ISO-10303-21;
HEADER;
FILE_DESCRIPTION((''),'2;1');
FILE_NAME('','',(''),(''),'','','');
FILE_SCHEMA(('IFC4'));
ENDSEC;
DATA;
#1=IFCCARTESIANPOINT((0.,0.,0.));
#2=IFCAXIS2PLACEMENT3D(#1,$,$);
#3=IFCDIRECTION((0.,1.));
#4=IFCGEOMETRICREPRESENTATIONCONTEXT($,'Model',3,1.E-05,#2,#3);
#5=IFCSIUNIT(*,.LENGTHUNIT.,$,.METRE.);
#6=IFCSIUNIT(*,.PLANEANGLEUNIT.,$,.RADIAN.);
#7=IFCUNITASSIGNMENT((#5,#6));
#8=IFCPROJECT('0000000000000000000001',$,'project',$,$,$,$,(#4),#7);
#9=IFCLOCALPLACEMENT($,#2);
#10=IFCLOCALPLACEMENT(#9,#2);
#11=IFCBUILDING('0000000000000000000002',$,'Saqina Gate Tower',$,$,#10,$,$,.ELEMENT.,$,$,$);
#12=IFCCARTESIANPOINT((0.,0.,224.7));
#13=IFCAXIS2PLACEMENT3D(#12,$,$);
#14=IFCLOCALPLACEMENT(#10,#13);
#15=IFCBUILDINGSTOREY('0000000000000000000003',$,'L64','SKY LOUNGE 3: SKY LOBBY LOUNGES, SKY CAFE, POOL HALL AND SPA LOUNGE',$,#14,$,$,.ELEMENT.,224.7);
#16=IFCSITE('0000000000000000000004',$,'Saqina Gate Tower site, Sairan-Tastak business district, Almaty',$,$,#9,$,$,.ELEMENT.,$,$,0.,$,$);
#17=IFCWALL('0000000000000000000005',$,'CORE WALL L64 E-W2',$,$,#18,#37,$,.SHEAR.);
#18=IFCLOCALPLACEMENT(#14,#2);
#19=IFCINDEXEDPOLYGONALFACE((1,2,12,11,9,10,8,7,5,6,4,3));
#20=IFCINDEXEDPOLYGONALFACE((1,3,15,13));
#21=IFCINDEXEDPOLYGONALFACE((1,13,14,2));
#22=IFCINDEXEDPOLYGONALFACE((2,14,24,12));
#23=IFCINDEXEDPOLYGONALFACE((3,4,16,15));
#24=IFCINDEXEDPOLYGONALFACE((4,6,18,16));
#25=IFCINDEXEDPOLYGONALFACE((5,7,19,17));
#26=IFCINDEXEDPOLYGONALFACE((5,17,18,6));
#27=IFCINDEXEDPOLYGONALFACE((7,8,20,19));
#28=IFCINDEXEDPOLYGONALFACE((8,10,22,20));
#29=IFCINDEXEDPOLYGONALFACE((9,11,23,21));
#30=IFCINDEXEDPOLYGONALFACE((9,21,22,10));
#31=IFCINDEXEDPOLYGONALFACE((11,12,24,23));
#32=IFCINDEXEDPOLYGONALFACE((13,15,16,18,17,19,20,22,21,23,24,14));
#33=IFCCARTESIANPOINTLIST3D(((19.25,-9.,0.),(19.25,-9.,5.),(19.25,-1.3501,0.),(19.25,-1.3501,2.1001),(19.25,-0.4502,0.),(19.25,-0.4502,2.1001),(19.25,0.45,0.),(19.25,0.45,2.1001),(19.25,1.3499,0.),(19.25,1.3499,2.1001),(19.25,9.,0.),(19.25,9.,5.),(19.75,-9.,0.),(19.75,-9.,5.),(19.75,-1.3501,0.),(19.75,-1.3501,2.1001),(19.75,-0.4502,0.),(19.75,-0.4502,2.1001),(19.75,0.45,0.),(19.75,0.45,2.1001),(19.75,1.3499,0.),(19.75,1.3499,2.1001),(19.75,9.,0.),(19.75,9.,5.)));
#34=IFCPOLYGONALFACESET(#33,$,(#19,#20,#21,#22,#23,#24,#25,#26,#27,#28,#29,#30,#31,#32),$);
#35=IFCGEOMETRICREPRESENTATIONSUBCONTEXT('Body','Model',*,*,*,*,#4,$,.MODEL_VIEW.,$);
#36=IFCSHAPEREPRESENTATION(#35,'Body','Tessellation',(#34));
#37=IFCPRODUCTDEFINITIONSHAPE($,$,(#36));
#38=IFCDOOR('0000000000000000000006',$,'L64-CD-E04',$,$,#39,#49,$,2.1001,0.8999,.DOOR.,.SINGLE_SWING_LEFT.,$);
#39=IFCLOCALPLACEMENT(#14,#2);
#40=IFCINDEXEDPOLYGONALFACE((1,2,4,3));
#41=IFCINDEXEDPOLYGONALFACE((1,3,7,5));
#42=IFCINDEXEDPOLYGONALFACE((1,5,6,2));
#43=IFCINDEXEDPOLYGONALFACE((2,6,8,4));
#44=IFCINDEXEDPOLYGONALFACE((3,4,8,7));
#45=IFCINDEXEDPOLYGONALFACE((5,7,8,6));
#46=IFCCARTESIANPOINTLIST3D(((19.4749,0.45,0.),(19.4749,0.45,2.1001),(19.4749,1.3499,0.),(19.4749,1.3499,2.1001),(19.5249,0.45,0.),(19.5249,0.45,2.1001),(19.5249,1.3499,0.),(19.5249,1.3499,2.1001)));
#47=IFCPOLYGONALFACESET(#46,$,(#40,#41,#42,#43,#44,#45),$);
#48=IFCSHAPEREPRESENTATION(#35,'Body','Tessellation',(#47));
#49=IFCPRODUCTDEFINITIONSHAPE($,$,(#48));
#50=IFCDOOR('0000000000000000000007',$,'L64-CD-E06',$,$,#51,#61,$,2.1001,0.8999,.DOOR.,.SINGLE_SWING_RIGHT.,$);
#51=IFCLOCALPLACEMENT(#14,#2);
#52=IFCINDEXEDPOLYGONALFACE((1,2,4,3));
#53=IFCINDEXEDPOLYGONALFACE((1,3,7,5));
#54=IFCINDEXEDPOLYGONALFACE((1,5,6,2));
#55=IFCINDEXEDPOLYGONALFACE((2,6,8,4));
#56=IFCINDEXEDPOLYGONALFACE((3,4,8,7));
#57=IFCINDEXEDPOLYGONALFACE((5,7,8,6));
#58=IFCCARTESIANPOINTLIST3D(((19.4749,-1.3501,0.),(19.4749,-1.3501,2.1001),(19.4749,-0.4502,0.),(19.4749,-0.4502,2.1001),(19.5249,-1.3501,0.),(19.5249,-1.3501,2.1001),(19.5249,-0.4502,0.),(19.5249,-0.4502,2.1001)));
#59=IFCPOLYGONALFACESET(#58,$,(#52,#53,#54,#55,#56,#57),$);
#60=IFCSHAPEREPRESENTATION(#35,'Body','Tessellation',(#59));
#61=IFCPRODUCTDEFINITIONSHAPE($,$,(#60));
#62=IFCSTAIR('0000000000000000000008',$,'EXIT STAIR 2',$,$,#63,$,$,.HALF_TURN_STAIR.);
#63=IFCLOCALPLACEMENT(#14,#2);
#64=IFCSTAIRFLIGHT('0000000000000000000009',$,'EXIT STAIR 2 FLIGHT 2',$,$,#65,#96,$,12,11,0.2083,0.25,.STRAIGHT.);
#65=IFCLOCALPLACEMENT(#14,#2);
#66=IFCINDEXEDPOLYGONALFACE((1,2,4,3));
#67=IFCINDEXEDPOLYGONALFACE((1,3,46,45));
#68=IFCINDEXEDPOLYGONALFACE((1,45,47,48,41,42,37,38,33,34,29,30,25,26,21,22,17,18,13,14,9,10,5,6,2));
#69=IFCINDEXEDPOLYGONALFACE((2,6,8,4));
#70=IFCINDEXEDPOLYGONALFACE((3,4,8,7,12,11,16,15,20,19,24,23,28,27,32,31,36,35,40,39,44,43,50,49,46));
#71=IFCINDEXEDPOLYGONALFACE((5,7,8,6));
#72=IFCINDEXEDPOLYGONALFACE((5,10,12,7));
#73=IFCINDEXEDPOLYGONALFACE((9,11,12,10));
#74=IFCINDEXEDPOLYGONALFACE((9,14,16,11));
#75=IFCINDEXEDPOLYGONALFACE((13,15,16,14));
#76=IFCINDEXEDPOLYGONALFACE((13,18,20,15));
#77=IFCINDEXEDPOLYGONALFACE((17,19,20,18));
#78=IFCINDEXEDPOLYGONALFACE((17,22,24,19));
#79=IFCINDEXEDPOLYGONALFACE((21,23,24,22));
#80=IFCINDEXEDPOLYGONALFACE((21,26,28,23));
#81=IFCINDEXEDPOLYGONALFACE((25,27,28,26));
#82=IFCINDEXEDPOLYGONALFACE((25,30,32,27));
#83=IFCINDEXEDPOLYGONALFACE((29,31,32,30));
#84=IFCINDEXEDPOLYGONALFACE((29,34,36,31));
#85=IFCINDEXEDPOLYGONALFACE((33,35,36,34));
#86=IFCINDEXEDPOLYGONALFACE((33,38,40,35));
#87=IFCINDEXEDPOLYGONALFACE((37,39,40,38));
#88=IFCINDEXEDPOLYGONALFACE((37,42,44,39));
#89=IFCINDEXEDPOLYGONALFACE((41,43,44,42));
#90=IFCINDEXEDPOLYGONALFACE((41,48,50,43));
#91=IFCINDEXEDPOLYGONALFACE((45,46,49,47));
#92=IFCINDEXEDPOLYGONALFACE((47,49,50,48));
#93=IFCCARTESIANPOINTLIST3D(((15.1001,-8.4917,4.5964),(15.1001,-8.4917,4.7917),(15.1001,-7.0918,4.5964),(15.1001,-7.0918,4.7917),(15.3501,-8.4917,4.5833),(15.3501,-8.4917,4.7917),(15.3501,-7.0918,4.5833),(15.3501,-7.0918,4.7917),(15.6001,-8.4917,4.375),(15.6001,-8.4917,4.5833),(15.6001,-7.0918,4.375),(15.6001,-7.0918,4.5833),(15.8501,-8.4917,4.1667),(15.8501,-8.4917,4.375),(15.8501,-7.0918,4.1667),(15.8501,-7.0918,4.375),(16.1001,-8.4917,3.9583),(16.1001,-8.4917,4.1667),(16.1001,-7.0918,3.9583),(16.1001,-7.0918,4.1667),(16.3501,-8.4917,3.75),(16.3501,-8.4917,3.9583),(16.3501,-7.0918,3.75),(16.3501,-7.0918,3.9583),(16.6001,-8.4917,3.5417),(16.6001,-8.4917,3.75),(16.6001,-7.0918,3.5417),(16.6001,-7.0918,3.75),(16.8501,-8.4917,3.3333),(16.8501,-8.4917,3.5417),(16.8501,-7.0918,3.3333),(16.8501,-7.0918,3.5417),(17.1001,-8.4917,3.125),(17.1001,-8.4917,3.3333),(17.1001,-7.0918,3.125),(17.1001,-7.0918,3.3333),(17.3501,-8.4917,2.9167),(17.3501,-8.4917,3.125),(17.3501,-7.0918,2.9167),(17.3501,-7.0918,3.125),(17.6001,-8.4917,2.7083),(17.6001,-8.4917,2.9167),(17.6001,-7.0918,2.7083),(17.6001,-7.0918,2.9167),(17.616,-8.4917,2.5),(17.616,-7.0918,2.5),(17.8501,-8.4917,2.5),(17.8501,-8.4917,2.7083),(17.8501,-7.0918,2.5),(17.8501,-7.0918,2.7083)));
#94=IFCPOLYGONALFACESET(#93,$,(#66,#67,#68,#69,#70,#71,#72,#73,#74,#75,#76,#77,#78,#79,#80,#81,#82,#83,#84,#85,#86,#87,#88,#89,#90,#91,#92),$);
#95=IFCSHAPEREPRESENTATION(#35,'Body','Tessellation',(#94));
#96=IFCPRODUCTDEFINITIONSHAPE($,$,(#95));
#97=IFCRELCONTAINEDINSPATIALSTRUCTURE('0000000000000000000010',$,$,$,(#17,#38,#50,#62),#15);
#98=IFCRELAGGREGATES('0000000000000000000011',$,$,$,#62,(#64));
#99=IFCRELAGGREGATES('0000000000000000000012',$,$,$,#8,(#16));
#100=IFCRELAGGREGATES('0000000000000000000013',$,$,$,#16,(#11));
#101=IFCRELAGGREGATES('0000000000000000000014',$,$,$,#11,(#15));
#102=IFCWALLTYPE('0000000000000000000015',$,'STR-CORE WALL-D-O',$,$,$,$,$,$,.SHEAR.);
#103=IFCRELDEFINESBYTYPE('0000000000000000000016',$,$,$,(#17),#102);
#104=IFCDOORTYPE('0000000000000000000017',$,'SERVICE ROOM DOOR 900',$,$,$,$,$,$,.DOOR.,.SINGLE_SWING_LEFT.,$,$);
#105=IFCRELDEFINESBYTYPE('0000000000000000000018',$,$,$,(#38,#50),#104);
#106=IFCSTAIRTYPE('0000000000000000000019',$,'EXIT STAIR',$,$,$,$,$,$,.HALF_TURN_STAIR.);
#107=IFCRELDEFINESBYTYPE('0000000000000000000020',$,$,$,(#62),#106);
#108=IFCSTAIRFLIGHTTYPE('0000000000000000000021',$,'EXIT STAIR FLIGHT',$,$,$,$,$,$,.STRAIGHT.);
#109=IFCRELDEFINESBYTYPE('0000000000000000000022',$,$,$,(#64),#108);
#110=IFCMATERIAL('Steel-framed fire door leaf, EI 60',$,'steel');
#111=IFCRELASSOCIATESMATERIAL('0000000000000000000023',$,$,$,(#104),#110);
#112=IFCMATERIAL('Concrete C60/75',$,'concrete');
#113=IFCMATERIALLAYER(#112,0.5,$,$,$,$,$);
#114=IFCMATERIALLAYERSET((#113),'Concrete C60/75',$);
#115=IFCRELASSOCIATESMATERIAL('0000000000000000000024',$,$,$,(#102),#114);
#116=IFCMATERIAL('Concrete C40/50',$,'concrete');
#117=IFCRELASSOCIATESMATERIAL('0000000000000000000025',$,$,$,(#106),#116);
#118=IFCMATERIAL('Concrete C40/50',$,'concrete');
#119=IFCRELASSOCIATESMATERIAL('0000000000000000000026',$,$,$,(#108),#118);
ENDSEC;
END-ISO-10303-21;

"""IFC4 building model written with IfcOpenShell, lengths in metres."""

from ifc_helpers import new_model, si_unit, direction, frame, frame_2d, origin, place, context, subcontext, project, spatial, polyline, rectangle, outline, extrude, material, layer, layer_set, type_object, element, fill, aggregate, save


model = new_model("IFC4")

# Units and contexts
model_context = context("Model", 3, precision=1e-05, world=origin(), true_north=direction((0.0, 1.0)))
body_context = subcontext(model_context, "Body", "Model", "MODEL_VIEW")
ifc_project = project(units=[si_unit("LENGTHUNIT", "METRE"), si_unit("PLANEANGLEUNIT", "RADIAN")], contexts=[model_context])

# Site, building, storey
site_placement = place(None, origin())
site = spatial("IfcSite", under=ifc_project, at=site_placement, Name="Saqina Gate Tower site, Sairan-Tastak business district, Almaty", CompositionType="ELEMENT", RefElevation=0.0)
building_placement = place(site_placement, origin())
building = spatial("IfcBuilding", under=site, at=building_placement, Name="Saqina Gate Tower", CompositionType="ELEMENT")
storey_placement = place(building_placement, frame((0.0, 0.0, 224.7)))
storey = spatial("IfcBuildingStorey", under=building, at=storey_placement, Name="L64", Description="SKY LOUNGE 3: SKY LOBBY LOUNGES, SKY CAFE, POOL HALL AND SPA LOUNGE", CompositionType="ELEMENT", Elevation=224.7)

# Shared definitions
ifc_material_1 = material(Name="Steel-framed fire door leaf, EI 60", Category="steel")
door_type_1 = type_object("IfcDoorType", Name="SERVICE ROOM DOOR 900", OperationType="SINGLE_SWING_LEFT", PredefinedType="DOOR", material=ifc_material_1)

# Wall, openings, doors
ifc_material_2 = material(Name="Concrete C60/75", Category="concrete")
ifc_layer_1 = layer(ifc_material_2, 0.5)
ifc_layer_set_1 = layer_set([ifc_layer_1], Name="Concrete C60/75")
wall_type_1 = type_object("IfcWallType", Name="STR-CORE WALL-D-O", PredefinedType="SHEAR", material=ifc_layer_set_1)
wall_1_placement = place(storey_placement, frame((19.5, -9.0, 0.0), z_axis=(0.0, 0.0, 1.0), x_axis=(0.0, 1.0, 0.0)))
wall_1 = element("IfcWall", 1, at=wall_1_placement, inside=storey, type_object=wall_type_1, Name="CORE WALL L64 E-W2", PredefinedType="SHEAR", context=body_context, shape_type="SweptSolid", body=[
    extrude(rectangle(XDim=18.0, YDim=0.5, at=frame_2d((9.0, 0.0))), origin(), (0.0, 0.0, 1.0), 5.0),
])
opening_1_placement = place(wall_1_placement, frame((9.45, 0.0, 0.0)))
opening_1 = element("IfcOpeningElement", 2, at=opening_1_placement, cuts=wall_1, PredefinedType="OPENING", context=body_context, shape_type="SweptSolid", body=[
    extrude(rectangle(XDim=0.8999, YDim=2.1001, at=frame_2d((0.45, 1.05))), frame((0.0, 0.262, 0.0), z_axis=(0.0, -1.0, 0.0), x_axis=(1.0, 0.0, 0.0)), (0.0, 0.0, 1.0), 0.5239),
])
opening_2_placement = place(wall_1_placement, frame((7.6499, 0.0, 0.0)))
opening_2 = element("IfcOpeningElement", 3, at=opening_2_placement, cuts=wall_1, PredefinedType="OPENING", context=body_context, shape_type="SweptSolid", body=[
    extrude(rectangle(XDim=0.8999, YDim=2.1001, at=frame_2d((0.45, 1.05))), frame((0.0, 0.262, 0.0), z_axis=(0.0, -1.0, 0.0), x_axis=(1.0, 0.0, 0.0)), (0.0, 0.0, 1.0), 0.5239),
])
door_1_placement = place(opening_1_placement, frame((0.8999, 0.0, 0.0), z_axis=(0.0, 0.0, 1.0), x_axis=(-1.0, 0.0, 0.0)))
door_1 = element("IfcDoor", 4, at=door_1_placement, inside=storey, type_object=door_type_1, Name="L64-CD-E04", OperationType="SINGLE_SWING_LEFT", OverallHeight=2.1001, OverallWidth=0.8999, PredefinedType="DOOR", context=body_context, shape_type="SweptSolid", body=[
    extrude(rectangle(XDim=0.8999, YDim=2.1001, at=frame_2d((0.45, 1.05))), frame((0.0, 0.0249, 0.0), z_axis=(0.0, -1.0, 0.0), x_axis=(1.0, 0.0, 0.0)), (0.0, 0.0, 1.0), 0.05),
])
fill(opening_1, door_1)
door_2_placement = place(opening_2_placement, frame((0.8999, 0.0, 0.0), z_axis=(0.0, 0.0, 1.0), x_axis=(-1.0, 0.0, 0.0)))
door_2 = element("IfcDoor", 5, at=door_2_placement, inside=storey, type_object=door_type_1, Name="L64-CD-E06", OperationType="SINGLE_SWING_RIGHT", OverallHeight=2.1001, OverallWidth=0.8999, PredefinedType="DOOR", context=body_context, shape_type="SweptSolid", body=[
    extrude(rectangle(XDim=0.8999, YDim=2.1001, at=frame_2d((0.45, 1.05))), frame((0.0, 0.0249, 0.0), z_axis=(0.0, -1.0, 0.0), x_axis=(1.0, 0.0, 0.0)), (0.0, 0.0, 1.0), 0.05),
])
fill(opening_2, door_2)

# Stair, stair flight
ifc_material_3 = material(Name="Concrete C40/50", Category="concrete")
stair_type = type_object("IfcStairType", Name="EXIT STAIR", PredefinedType="HALF_TURN_STAIR", material=ifc_material_3)
stair_placement = place(storey_placement, origin())
stair = element("IfcStair", 6, at=stair_placement, inside=storey, type_object=stair_type, Name="EXIT STAIR 2", PredefinedType="HALF_TURN_STAIR")
ifc_material_4 = material(Name="Concrete C40/50", Category="concrete")
stair_flight_type = type_object("IfcStairFlightType", Name="EXIT STAIR FLIGHT", PredefinedType="STRAIGHT", material=ifc_material_4)
stair_flight_placement = place(storey_placement, frame((17.8501, -7.7917, 2.5), z_axis=(0.0, 0.0, 1.0), x_axis=(-1.0, 0.0, 0.0)))
stair_flight = element("IfcStairFlight", 7, at=stair_flight_placement, type_object=stair_flight_type, Name="EXIT STAIR 2 FLIGHT 2", NumberOfRisers=12, NumberOfTreads=11, PredefinedType="STRAIGHT", RiserHeight=0.2083, TreadLength=0.25, context=body_context, shape_type="SweptSolid", body=[
    extrude(outline(polyline([(0.0, 0.0), (0.0, 0.2083), (0.25, 0.2083), (0.25, 0.4167), (0.5, 0.4167), (0.5, 0.625), (0.75, 0.625), (0.75, 0.8333), (1.0, 0.8333), (1.0, 1.0417), (1.25, 1.0417), (1.25, 1.25), (1.5, 1.25), (1.5, 1.4583), (1.75, 1.4583), (1.75, 1.6667), (2.0, 1.6667), (2.0, 1.875), (2.25, 1.875), (2.25, 2.0833), (2.5, 2.0833), (2.5, 2.2917), (2.75, 2.2917), (2.75, 2.5), (2.75, 2.0964), (0.2341, 0.0), (0.0, 0.0)])), frame((0.0, 0.7, 0.0), z_axis=(0.0, -1.0, 0.0), x_axis=(1.0, 0.0, 0.0)), (0.0, 0.0, 1.0), 1.3999),
])
aggregate(stair, [stair_flight])

save(model, "model.ifc")
